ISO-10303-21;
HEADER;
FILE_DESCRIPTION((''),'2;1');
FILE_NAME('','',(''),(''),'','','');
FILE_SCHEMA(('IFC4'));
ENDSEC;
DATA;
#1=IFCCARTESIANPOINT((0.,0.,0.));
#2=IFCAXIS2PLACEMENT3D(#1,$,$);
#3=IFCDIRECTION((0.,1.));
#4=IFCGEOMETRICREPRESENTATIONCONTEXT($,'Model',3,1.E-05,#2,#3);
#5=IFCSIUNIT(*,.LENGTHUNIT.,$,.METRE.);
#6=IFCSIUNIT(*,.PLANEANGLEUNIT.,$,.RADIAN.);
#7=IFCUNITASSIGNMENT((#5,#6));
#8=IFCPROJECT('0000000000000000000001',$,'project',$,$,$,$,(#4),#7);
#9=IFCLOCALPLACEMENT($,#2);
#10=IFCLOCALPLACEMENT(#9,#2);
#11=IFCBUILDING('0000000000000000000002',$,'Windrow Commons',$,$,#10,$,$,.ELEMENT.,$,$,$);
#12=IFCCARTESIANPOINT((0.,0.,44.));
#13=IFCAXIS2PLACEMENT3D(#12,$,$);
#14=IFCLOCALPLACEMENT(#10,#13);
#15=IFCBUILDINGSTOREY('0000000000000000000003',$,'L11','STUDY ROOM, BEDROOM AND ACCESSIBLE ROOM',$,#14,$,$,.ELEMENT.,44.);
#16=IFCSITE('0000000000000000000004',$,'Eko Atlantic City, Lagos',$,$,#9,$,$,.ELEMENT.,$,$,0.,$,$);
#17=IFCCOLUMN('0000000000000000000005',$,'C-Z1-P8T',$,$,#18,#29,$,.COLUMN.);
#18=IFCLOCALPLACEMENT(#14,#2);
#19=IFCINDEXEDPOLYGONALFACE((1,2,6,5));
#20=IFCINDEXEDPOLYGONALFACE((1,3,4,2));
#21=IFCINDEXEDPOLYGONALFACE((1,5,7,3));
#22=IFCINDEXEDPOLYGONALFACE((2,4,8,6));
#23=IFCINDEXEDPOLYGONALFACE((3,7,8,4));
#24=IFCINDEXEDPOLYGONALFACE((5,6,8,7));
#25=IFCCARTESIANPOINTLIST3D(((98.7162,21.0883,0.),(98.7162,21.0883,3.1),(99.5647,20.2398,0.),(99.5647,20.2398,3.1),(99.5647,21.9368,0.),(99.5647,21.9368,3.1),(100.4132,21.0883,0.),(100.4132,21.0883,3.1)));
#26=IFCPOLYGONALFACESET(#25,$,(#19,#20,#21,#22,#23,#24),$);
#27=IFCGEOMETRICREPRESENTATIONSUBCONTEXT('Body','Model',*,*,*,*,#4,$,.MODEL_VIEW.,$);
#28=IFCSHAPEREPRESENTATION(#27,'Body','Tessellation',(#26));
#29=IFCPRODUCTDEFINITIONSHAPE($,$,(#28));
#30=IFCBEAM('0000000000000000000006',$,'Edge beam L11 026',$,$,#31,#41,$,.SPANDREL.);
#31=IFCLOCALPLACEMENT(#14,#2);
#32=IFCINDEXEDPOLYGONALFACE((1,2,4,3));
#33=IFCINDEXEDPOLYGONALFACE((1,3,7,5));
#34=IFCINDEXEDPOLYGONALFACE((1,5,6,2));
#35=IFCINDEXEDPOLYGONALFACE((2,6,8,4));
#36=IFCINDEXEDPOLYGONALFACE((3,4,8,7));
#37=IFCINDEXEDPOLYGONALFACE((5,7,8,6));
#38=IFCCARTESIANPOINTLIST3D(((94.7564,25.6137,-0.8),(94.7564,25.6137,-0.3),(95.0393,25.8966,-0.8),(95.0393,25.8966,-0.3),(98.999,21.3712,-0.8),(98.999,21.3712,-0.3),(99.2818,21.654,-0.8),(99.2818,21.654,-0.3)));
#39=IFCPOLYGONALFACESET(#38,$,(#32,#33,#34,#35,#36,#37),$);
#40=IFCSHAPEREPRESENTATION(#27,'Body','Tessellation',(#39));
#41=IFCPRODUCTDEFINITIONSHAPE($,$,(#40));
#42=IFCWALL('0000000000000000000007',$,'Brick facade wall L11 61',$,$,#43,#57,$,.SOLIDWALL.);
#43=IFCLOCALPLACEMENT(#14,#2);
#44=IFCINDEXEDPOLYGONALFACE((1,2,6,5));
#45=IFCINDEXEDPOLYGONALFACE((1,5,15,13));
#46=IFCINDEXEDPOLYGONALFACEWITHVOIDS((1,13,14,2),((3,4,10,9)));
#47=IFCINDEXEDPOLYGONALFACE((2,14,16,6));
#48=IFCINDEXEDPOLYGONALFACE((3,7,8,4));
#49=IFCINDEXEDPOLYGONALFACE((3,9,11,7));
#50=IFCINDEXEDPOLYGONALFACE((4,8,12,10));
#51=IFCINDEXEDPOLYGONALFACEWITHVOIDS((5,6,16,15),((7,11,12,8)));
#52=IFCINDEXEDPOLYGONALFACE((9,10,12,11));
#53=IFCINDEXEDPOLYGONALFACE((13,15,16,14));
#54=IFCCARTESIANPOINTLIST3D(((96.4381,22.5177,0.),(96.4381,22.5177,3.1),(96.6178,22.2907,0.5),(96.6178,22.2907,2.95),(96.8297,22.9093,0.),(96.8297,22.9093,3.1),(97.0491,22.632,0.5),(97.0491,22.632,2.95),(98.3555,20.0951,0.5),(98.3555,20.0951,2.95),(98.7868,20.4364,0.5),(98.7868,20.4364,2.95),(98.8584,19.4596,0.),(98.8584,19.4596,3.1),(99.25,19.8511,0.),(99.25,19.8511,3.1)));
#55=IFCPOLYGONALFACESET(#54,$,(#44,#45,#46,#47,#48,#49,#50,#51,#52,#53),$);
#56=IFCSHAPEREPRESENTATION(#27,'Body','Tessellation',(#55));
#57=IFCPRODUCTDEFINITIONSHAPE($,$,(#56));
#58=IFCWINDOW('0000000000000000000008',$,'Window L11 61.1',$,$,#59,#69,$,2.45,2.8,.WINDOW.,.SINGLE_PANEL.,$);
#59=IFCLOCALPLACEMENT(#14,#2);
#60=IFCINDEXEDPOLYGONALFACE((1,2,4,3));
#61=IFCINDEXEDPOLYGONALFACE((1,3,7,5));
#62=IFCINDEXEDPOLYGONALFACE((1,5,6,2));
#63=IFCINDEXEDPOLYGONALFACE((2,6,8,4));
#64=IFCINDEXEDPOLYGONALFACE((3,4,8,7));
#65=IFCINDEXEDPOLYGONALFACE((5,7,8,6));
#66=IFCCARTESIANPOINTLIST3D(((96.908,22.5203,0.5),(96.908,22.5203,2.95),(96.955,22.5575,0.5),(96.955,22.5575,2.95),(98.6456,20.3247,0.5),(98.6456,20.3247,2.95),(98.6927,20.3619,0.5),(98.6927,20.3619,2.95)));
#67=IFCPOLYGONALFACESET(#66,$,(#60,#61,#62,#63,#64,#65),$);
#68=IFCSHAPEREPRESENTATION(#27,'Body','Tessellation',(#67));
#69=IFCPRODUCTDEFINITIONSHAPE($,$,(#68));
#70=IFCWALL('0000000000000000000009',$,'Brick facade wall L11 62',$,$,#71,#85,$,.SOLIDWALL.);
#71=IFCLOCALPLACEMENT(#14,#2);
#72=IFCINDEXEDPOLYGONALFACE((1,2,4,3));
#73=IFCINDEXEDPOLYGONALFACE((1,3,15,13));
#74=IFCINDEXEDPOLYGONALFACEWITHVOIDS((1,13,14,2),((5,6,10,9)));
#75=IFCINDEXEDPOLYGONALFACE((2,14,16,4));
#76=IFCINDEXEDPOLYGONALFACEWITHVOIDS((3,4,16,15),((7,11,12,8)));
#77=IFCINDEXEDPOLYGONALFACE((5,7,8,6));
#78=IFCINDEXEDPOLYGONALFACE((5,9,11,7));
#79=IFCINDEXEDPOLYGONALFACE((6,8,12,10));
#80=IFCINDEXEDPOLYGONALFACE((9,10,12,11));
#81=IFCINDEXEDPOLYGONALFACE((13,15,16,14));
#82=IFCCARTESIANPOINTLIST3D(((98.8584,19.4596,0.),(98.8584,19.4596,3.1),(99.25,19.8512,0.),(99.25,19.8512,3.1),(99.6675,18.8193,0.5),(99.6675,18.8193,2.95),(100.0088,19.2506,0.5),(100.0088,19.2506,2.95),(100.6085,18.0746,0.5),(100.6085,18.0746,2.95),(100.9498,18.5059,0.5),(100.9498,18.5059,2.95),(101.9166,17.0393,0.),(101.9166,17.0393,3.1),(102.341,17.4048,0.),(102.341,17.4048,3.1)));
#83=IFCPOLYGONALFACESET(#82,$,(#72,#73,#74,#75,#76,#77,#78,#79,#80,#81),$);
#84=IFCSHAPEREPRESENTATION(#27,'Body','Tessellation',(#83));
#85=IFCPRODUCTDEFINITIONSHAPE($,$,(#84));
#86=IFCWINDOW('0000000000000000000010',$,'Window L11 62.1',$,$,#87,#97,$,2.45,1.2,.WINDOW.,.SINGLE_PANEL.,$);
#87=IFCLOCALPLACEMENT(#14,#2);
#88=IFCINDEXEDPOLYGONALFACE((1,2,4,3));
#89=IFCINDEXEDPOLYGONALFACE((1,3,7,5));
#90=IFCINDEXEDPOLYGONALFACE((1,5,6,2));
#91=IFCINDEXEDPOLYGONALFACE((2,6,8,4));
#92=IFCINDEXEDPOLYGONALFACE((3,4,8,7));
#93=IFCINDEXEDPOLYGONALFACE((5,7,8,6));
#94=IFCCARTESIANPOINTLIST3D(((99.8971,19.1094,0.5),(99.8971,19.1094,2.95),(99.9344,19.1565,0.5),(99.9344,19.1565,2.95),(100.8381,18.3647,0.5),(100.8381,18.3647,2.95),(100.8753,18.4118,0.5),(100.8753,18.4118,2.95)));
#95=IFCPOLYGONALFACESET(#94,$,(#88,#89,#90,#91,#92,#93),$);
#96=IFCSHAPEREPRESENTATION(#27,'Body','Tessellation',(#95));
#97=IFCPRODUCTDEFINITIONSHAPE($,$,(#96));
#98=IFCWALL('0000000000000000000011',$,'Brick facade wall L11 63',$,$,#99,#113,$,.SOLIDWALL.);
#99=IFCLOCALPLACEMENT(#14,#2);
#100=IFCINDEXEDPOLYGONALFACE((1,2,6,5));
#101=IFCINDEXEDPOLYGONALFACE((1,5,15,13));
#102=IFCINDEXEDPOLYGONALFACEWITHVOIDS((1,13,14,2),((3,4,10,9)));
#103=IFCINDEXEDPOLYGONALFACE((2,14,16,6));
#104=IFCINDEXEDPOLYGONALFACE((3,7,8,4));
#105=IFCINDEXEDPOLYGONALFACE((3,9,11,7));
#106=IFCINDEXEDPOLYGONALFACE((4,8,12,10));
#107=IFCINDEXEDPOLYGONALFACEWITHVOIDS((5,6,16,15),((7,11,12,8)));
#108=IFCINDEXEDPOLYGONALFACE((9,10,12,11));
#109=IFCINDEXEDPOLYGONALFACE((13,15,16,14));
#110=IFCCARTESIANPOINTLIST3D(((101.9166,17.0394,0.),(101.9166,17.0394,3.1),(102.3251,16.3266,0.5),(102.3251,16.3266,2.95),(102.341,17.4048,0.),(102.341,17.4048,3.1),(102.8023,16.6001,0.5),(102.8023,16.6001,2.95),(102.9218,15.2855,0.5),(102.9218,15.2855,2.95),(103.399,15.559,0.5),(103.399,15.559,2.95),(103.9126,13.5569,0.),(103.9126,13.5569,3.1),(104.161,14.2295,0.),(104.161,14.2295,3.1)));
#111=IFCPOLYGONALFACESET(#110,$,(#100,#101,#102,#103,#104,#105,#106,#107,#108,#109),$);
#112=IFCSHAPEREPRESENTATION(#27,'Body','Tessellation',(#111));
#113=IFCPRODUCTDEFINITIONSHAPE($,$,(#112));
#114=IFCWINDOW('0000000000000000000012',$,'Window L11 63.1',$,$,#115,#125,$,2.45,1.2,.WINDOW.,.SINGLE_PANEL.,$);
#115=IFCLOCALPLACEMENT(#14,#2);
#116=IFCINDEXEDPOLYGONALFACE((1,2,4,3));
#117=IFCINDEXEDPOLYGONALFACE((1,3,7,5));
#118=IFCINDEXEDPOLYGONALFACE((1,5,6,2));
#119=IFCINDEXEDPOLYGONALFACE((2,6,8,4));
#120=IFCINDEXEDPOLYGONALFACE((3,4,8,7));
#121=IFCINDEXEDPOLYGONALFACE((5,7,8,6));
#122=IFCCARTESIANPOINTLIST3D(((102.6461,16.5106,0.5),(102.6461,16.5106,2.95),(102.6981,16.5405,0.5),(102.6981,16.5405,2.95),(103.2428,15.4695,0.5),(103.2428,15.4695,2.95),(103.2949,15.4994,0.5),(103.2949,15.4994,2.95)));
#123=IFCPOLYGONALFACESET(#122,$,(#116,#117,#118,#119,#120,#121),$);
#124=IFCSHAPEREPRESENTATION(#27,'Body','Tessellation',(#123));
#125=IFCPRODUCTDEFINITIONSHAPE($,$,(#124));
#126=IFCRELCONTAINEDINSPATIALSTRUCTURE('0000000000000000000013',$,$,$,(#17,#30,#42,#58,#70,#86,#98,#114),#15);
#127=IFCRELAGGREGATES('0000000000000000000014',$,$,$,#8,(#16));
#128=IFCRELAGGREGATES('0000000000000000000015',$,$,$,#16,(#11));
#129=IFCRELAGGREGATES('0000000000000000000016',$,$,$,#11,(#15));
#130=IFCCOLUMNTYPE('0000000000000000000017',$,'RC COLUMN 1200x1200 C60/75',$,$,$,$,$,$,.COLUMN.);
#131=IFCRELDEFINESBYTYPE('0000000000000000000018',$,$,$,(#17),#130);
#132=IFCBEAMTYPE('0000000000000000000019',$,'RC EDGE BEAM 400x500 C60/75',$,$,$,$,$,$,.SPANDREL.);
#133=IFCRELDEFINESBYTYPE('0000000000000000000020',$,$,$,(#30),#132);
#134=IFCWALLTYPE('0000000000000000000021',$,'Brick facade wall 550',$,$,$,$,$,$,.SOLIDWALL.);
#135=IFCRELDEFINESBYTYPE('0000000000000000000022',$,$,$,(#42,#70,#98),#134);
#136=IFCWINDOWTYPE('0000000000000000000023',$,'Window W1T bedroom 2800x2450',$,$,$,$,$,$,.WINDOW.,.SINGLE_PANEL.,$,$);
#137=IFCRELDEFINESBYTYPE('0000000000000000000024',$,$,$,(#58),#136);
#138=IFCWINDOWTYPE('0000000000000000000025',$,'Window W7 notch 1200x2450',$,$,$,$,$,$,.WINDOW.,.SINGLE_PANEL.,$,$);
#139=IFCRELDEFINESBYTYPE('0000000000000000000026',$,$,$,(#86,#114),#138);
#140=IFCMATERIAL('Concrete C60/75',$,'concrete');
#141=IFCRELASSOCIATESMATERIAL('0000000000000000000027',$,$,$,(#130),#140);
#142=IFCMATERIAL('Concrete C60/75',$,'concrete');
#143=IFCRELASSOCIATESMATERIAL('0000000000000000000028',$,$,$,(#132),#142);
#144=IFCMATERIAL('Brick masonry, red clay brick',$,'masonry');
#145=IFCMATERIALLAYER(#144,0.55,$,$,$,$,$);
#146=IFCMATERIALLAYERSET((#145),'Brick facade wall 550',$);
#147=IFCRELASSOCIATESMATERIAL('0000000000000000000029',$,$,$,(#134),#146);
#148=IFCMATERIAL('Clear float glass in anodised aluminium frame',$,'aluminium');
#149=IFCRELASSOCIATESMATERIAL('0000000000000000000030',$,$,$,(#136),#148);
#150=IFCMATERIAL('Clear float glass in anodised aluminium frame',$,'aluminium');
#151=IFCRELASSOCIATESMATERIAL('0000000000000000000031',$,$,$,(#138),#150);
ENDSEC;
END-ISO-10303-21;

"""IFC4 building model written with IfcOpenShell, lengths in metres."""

from ifc_helpers import new_model, si_unit, direction, frame, frame_2d, origin, origin_2d, place, context, subcontext, project, spatial, polyline, rectangle, outline, extrude, material, layer, layer_set, material_profile, profile_set, type_object, element, fill, save


model = new_model("IFC4")

# Units and contexts
model_context = context("Model", 3, precision=1e-05, world=origin(), true_north=direction((0.0, 1.0)))
body_context = subcontext(model_context, "Body", "Model", "MODEL_VIEW")
ifc_project = project(units=[si_unit("LENGTHUNIT", "METRE"), si_unit("PLANEANGLEUNIT", "RADIAN")], contexts=[model_context])

# Site, building, storey
site_placement = place(None, origin())
site = spatial("IfcSite", under=ifc_project, at=site_placement, Name="Eko Atlantic City, Lagos", CompositionType="ELEMENT", RefElevation=0.0)
building_placement = place(site_placement, origin())
building = spatial("IfcBuilding", under=site, at=building_placement, Name="Windrow Commons", CompositionType="ELEMENT")
storey_placement = place(building_placement, frame((0.0, 0.0, 44.0)))
storey = spatial("IfcBuildingStorey", under=building, at=storey_placement, Name="L11", Description="STUDY ROOM, BEDROOM AND ACCESSIBLE ROOM", CompositionType="ELEMENT", Elevation=44.0)

# Column
ifc_material_1 = material(Name="Concrete C60/75", Category="concrete")
ifc_material_profile_1 = material_profile(ifc_material_1, rectangle(XDim=1.2, YDim=1.2, at=origin_2d()))
ifc_profile_set_1 = profile_set([ifc_material_profile_1], Name="Concrete C60/75")
column_type = type_object("IfcColumnType", Name="RC COLUMN 1200x1200 C60/75", PredefinedType="COLUMN", material=ifc_profile_set_1)
column_placement = place(storey_placement, frame((99.5647, 21.0883, 0.0), z_axis=(0.0, 0.0, 1.0), x_axis=(0.707107, -0.707107, 0.0)))
element("IfcColumn", 1, at=column_placement, inside=storey, type_object=column_type, Name="C-Z1-P8T", PredefinedType="COLUMN", context=body_context, shape_type="SweptSolid", body=[
    extrude(rectangle(XDim=1.2, YDim=1.2, at=origin_2d()), origin(), (0.0, 0.0, 1.0), 3.1),
])

# Beam
ifc_material_2 = material(Name="Concrete C60/75", Category="concrete")
ifc_material_profile_2 = material_profile(ifc_material_2, rectangle(XDim=0.4, YDim=0.5, at=origin_2d()))
ifc_profile_set_2 = profile_set([ifc_material_profile_2], Name="Concrete C60/75")
beam_type = type_object("IfcBeamType", Name="RC EDGE BEAM 400x500 C60/75", PredefinedType="SPANDREL", material=ifc_profile_set_2)
beam_placement = place(storey_placement, frame((99.1404, 21.5126, -0.55), z_axis=(-0.707107, 0.707107, 0.0), x_axis=(-0.707107, -0.707107, 0.0)))
element("IfcBeam", 2, at=beam_placement, inside=storey, type_object=beam_type, Name="Edge beam L11 026", PredefinedType="SPANDREL", context=body_context, shape_type="SweptSolid", body=[
    extrude(rectangle(XDim=0.4, YDim=0.5, at=origin_2d()), origin(), (0.0, 0.0, 1.0), 5.9999),
])

# Walls, openings, windows
ifc_material_3 = material(Name="Brick masonry, red clay brick", Category="masonry")
ifc_layer_1 = layer(ifc_material_3, 0.55)
ifc_layer_set_1 = layer_set([ifc_layer_1], Name="Brick facade wall 550")
wall_type_1 = type_object("IfcWallType", Name="Brick facade wall 550", PredefinedType="SOLIDWALL", material=ifc_layer_set_1)
wall_1_placement = place(storey_placement, frame((96.6339, 22.7135, 0.0), z_axis=(0.0, 0.0, 1.0), x_axis=(0.620593, -0.784133, 0.0)))
wall_1 = element("IfcWall", 3, at=wall_1_placement, inside=storey, type_object=wall_type_1, Name="Brick facade wall L11 61", PredefinedType="SOLIDWALL", context=body_context, shape_type="SweptSolid", body=[
    extrude(outline(polyline([(0.032, -0.275), (3.932, -0.275), (3.868, 0.275), (-0.032, 0.275), (0.032, -0.275)])), origin(), (0.0, 0.0, 1.0), 3.1),
])
opening_1_placement = place(wall_1_placement, frame((0.3216, 0.0, 0.5)))
opening_1 = element("IfcOpeningElement", 4, at=opening_1_placement, cuts=wall_1, PredefinedType="OPENING", context=body_context, shape_type="SweptSolid", body=[
    extrude(rectangle(XDim=2.8, YDim=2.45, at=frame_2d((1.4, 1.225))), frame((0.0, 0.285, 0.0), z_axis=(0.0, -1.0, 0.0), x_axis=(1.0, 0.0, 0.0)), (0.0, 0.0, 1.0), 0.57),
])
ifc_material_4 = material(Name="Clear float glass in anodised aluminium frame", Category="aluminium")
window_type_1 = type_object("IfcWindowType", Name="Window W1T bedroom 2800x2450", PartitioningType="SINGLE_PANEL", PredefinedType="WINDOW", material=ifc_material_4)
window_1_placement = place(opening_1_placement, origin())
window_1 = element("IfcWindow", 5, at=window_1_placement, inside=storey, type_object=window_type_1, Name="Window L11 61.1", OverallHeight=2.45, OverallWidth=2.8, PartitioningType="SINGLE_PANEL", PredefinedType="WINDOW", context=body_context, shape_type="SweptSolid", body=[
    extrude(rectangle(XDim=2.8, YDim=2.45, at=frame_2d((1.4, 1.225))), frame((0.0, 0.155, 0.0), z_axis=(0.0, -1.0, 0.0), x_axis=(1.0, 0.0, 0.0)), (0.0, 0.0, 1.0), 0.06),
])
fill(opening_1, window_1)
wall_2_placement = place(storey_placement, frame((99.0542, 19.6554, 0.0), z_axis=(0.0, 0.0, 1.0), x_axis=(0.78414, -0.620584, 0.0)))
wall_2 = element("IfcWall", 6, at=wall_2_placement, inside=storey, type_object=wall_type_1, Name="Brick facade wall L11 62", PredefinedType="SOLIDWALL", context=body_context, shape_type="SweptSolid", body=[
    extrude(outline(polyline([(-0.032, -0.275), (3.868, -0.275), (3.974, 0.275), (0.032, 0.275), (-0.032, -0.275)])), origin(), (0.0, 0.0, 1.0), 3.1),
])
opening_2_placement = place(wall_2_placement, frame((0.9998, 0.0, 0.5)))
opening_2 = element("IfcOpeningElement", 7, at=opening_2_placement, cuts=wall_2, PredefinedType="OPENING", context=body_context, shape_type="SweptSolid", body=[
    extrude(rectangle(XDim=1.2, YDim=2.45, at=frame_2d((0.6, 1.225))), frame((0.0, 0.285, 0.0), z_axis=(0.0, -1.0, 0.0), x_axis=(1.0, 0.0, 0.0)), (0.0, 0.0, 1.0), 0.57),
])
ifc_material_5 = material(Name="Clear float glass in anodised aluminium frame", Category="aluminium")
window_type_2 = type_object("IfcWindowType", Name="Window W7 notch 1200x2450", PartitioningType="SINGLE_PANEL", PredefinedType="WINDOW", material=ifc_material_5)
window_2_placement = place(opening_2_placement, origin())
window_2 = element("IfcWindow", 8, at=window_2_placement, inside=storey, type_object=window_type_2, Name="Window L11 62.1", OverallHeight=2.45, OverallWidth=1.2, PartitioningType="SINGLE_PANEL", PredefinedType="WINDOW", context=body_context, shape_type="SweptSolid", body=[
    extrude(rectangle(XDim=1.2, YDim=2.45, at=frame_2d((0.6, 1.225))), frame((0.0, 0.155, 0.0), z_axis=(0.0, -1.0, 0.0), x_axis=(1.0, 0.0, 0.0)), (0.0, 0.0, 1.0), 0.06),
])
fill(opening_2, window_2)
wall_3_placement = place(storey_placement, frame((102.1288, 17.2221, 0.0), z_axis=(0.0, 0.0, 1.0), x_axis=(0.497272, -0.867594, 0.0)))
wall_3 = element("IfcWall", 9, at=wall_3_placement, inside=storey, type_object=wall_type_1, Name="Brick facade wall L11 63", PredefinedType="SOLIDWALL", context=body_context, shape_type="SweptSolid", body=[
    extrude(outline(polyline([(0.053, -0.275), (4.0669, -0.275), (3.6069, 0.275), (-0.053, 0.275), (0.053, -0.275)])), origin(), (0.0, 0.0, 1.0), 3.1),
])
opening_3_placement = place(wall_3_placement, frame((0.8745, 0.0, 0.5)))
opening_3 = element("IfcOpeningElement", 10, at=opening_3_placement, cuts=wall_3, PredefinedType="OPENING", context=body_context, shape_type="SweptSolid", body=[
    extrude(rectangle(XDim=1.2, YDim=2.45, at=frame_2d((0.6, 1.225))), frame((0.0, 0.285, 0.0), z_axis=(0.0, -1.0, 0.0), x_axis=(1.0, 0.0, 0.0)), (0.0, 0.0, 1.0), 0.57),
])
window_3_placement = place(opening_3_placement, origin())
window_3 = element("IfcWindow", 11, at=window_3_placement, inside=storey, type_object=window_type_2, Name="Window L11 63.1", OverallHeight=2.45, OverallWidth=1.2, PartitioningType="SINGLE_PANEL", PredefinedType="WINDOW", context=body_context, shape_type="SweptSolid", body=[
    extrude(rectangle(XDim=1.2, YDim=2.45, at=frame_2d((0.6, 1.225))), frame((0.0, 0.155, 0.0), z_axis=(0.0, -1.0, 0.0), x_axis=(1.0, 0.0, 0.0)), (0.0, 0.0, 1.0), 0.06),
])
fill(opening_3, window_3)

save(model, "model.ifc")
